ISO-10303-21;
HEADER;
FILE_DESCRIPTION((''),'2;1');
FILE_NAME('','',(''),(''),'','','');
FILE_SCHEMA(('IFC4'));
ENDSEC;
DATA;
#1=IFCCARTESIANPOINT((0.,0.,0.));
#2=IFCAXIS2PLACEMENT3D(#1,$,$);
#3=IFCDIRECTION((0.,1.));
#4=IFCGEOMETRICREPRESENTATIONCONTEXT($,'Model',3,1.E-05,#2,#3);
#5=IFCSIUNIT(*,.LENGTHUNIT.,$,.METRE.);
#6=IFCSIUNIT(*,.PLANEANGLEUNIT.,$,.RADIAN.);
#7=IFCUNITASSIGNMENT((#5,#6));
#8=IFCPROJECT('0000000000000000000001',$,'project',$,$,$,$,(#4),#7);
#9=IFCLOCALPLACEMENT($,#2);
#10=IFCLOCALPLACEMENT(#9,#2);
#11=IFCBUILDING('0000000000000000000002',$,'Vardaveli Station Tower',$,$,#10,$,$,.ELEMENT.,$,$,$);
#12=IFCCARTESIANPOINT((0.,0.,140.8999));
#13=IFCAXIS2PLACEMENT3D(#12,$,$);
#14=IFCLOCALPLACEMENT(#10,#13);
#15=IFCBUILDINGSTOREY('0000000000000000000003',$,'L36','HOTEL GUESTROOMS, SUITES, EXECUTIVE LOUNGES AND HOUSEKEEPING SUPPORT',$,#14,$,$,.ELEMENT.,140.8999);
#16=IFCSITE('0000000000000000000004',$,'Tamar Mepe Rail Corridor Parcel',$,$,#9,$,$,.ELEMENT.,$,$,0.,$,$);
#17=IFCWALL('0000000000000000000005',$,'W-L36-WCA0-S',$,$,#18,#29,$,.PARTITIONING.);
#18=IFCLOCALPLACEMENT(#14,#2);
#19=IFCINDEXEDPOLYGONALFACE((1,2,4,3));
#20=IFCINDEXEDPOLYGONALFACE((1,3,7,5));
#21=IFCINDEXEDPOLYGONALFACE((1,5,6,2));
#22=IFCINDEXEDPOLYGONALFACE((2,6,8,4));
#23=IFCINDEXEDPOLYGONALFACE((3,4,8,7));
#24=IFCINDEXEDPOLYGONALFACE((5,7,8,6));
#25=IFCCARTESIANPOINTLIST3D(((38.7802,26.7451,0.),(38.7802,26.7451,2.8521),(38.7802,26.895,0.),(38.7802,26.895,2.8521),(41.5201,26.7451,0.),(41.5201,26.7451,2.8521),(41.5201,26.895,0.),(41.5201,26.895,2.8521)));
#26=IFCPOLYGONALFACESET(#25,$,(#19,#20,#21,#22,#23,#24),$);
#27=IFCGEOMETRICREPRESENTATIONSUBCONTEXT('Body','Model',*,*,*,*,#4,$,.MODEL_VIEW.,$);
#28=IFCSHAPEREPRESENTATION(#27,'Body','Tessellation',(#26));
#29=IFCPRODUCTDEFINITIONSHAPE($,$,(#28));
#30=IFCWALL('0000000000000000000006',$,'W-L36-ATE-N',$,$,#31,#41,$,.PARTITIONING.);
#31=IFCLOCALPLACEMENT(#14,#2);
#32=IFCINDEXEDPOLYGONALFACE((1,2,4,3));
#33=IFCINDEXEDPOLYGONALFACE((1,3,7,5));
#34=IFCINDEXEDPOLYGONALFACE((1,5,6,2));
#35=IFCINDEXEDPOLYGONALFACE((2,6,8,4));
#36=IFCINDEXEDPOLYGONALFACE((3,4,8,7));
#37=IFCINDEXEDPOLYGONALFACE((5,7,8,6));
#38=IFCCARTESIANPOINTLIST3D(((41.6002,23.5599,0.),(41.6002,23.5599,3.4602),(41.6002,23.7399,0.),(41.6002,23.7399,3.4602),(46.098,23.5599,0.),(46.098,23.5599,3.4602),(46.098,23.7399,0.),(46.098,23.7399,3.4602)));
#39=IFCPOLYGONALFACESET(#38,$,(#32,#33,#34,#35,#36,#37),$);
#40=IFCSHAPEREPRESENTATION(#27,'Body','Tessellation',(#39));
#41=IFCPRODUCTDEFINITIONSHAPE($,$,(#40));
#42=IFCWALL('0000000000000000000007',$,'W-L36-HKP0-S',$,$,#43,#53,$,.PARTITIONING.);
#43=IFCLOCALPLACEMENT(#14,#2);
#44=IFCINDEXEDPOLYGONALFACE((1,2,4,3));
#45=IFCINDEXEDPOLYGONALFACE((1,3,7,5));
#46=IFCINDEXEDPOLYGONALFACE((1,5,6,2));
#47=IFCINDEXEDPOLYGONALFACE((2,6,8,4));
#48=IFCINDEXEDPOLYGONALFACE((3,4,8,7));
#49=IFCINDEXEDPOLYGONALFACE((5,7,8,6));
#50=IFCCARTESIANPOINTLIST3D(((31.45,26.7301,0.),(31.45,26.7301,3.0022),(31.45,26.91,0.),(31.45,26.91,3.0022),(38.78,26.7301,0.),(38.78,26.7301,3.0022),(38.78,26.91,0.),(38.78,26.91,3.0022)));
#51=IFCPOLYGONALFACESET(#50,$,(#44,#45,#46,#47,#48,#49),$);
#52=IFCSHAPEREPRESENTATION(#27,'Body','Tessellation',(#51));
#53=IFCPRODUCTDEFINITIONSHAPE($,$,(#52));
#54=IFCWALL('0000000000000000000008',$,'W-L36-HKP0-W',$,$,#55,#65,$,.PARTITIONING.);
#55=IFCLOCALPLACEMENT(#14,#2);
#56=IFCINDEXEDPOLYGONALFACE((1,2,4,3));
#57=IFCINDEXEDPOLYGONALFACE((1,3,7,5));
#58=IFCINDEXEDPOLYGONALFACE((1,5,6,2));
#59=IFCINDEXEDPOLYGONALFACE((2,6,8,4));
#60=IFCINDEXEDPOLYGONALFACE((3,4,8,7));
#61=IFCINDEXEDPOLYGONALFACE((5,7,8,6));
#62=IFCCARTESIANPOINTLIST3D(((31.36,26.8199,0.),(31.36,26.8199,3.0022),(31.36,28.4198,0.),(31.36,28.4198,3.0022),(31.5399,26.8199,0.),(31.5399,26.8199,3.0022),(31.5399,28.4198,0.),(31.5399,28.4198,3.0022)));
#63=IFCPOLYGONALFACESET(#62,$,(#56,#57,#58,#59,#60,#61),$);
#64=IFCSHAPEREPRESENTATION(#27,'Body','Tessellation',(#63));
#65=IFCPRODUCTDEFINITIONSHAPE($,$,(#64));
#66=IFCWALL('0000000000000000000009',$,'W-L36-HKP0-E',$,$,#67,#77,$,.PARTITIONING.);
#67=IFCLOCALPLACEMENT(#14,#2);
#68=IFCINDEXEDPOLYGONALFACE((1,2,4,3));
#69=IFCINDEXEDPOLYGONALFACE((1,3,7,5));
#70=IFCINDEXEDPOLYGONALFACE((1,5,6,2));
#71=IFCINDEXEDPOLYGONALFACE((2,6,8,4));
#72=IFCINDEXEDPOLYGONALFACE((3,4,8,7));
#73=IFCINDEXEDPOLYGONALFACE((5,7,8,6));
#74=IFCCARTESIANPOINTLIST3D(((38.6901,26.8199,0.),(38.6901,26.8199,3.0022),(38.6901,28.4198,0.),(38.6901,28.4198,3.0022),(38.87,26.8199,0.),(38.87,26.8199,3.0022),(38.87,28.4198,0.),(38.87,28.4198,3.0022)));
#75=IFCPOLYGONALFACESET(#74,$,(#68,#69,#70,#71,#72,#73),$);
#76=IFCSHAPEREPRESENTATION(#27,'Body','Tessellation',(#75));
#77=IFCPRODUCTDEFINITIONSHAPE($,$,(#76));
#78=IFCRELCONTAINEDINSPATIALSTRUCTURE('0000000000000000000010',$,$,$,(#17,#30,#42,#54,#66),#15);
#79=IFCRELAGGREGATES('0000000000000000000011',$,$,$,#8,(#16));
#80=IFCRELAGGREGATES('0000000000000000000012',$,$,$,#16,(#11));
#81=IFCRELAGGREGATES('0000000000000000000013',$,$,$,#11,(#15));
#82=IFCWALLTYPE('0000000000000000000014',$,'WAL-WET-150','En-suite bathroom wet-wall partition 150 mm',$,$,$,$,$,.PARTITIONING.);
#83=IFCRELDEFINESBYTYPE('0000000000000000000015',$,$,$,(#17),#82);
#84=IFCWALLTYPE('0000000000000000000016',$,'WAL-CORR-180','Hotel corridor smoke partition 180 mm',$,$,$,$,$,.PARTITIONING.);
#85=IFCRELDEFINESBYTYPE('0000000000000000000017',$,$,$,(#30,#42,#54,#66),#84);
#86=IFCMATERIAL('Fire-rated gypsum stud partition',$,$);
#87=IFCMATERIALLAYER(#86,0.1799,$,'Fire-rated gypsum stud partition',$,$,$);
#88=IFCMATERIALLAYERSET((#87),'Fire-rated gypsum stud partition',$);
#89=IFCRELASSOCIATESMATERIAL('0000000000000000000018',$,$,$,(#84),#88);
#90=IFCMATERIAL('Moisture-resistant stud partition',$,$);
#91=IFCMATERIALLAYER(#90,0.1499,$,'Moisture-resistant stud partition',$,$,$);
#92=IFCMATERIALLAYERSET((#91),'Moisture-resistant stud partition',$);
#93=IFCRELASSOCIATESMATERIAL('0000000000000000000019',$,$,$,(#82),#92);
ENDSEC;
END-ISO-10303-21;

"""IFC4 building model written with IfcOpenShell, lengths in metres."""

from ifc_helpers import new_model, si_unit, direction, frame, frame_2d, origin, place, context, subcontext, project, spatial, rectangle, extrude, source, transform, mapped, material, layer, layer_set, type_object, element, save


model = new_model("IFC4")

# Units and contexts
model_context = context("Model", 3, precision=1e-05, world=origin(), true_north=direction((0.0, 1.0)))
body_context = subcontext(model_context, "Body", "Model", "MODEL_VIEW")
ifc_project = project(units=[si_unit("LENGTHUNIT", "METRE"), si_unit("PLANEANGLEUNIT", "RADIAN")], contexts=[model_context])

# Site, building, storey
site_placement = place(None, origin())
site = spatial("IfcSite", under=ifc_project, at=site_placement, Name="Tamar Mepe Rail Corridor Parcel", CompositionType="ELEMENT", RefElevation=0.0)
building_placement = place(site_placement, origin())
building = spatial("IfcBuilding", under=site, at=building_placement, Name="Vardaveli Station Tower", CompositionType="ELEMENT")
storey_placement = place(building_placement, frame((0.0, 0.0, 140.8999)))
storey = spatial("IfcBuildingStorey", under=building, at=storey_placement, Name="L36", Description="HOTEL GUESTROOMS, SUITES, EXECUTIVE LOUNGES AND HOUSEKEEPING SUPPORT", CompositionType="ELEMENT", Elevation=140.8999)

# Walls
ifc_material_1 = material(Name="Fire-rated gypsum stud partition")
ifc_layer_1 = layer(ifc_material_1, 0.1799, Name="Fire-rated gypsum stud partition")
ifc_layer_set_1 = layer_set([ifc_layer_1], Name="Fire-rated gypsum stud partition")
wall_type_1 = type_object("IfcWallType", Name="WAL-CORR-180", Description="Hotel corridor smoke partition 180 mm", PredefinedType="PARTITIONING", material=ifc_layer_set_1)
ifc_material_2 = material(Name="Moisture-resistant stud partition")
ifc_layer_2 = layer(ifc_material_2, 0.1499, Name="Moisture-resistant stud partition")
ifc_layer_set_2 = layer_set([ifc_layer_2], Name="Moisture-resistant stud partition")
wall_type_2 = type_object("IfcWallType", Name="WAL-WET-150", Description="En-suite bathroom wet-wall partition 150 mm", PredefinedType="PARTITIONING", material=ifc_layer_set_2)
shared_shape_1 = source(origin(), body_context, "Body", "SweptSolid", [
    extrude(rectangle(XDim=2.74, YDim=0.1499, at=frame_2d((1.3701, 0.0))), origin(), (0.0, 0.0, 1.0), 2.8521),
])
wall_1_placement = place(storey_placement, frame((38.78, 26.8201, 0.0), z_axis=(0.0, 0.0, 1.0), x_axis=(1.0, 0.0, 0.0)))
element("IfcWall", 1, at=wall_1_placement, inside=storey, type_object=wall_type_2, Name="W-L36-WCA0-S", PredefinedType="PARTITIONING", context=body_context, shape_type="MappedRepresentation", body=[
    mapped(shared_shape_1, transform((0.0, 0.0, 0.0), scale=1.0)),
])
shared_shape_2 = source(origin(), body_context, "Body", "SweptSolid", [
    extrude(rectangle(XDim=4.4978, YDim=0.1799, at=frame_2d((2.249, 0.0))), origin(), (0.0, 0.0, 1.0), 3.4602),
])
wall_2_placement = place(storey_placement, frame((41.6001, 23.6499, 0.0), z_axis=(0.0, 0.0, 1.0), x_axis=(1.0, 0.0, 0.0)))
element("IfcWall", 2, at=wall_2_placement, inside=storey, type_object=wall_type_1, Name="W-L36-ATE-N", PredefinedType="PARTITIONING", context=body_context, shape_type="MappedRepresentation", body=[
    mapped(shared_shape_2, transform((0.0, 0.0, 0.0), scale=1.0)),
])
shared_shape_3 = source(origin(), body_context, "Body", "SweptSolid", [
    extrude(rectangle(XDim=7.3301, YDim=0.1799, at=frame_2d((3.665, 0.0))), origin(), (0.0, 0.0, 1.0), 3.0022),
])
wall_3_placement = place(storey_placement, frame((31.45, 26.8201, 0.0), z_axis=(0.0, 0.0, 1.0), x_axis=(1.0, 0.0, 0.0)))
element("IfcWall", 3, at=wall_3_placement, inside=storey, type_object=wall_type_1, Name="W-L36-HKP0-S", PredefinedType="PARTITIONING", context=body_context, shape_type="MappedRepresentation", body=[
    mapped(shared_shape_3, transform((0.0, 0.0, 0.0), scale=1.0)),
])
shared_shape_4 = source(origin(), body_context, "Body", "SweptSolid", [
    extrude(rectangle(XDim=1.5999, YDim=0.1799, at=frame_2d((0.7998, 0.0))), origin(), (0.0, 0.0, 1.0), 3.0022),
])
for number, where, z_axis, x_axis, name in (
    (4, (31.45, 26.8201, 0.0), (0.0, 0.0, 1.0), (0.0, 1.0, 0.0), "W-L36-HKP0-W"),
    (5, (38.78, 26.8201, 0.0), (0.0, 0.0, 1.0), (0.0, 1.0, 0.0), "W-L36-HKP0-E"),
):
    element("IfcWall", number, at=place(storey_placement, frame(where, z_axis=z_axis, x_axis=x_axis)), inside=storey, type_object=wall_type_1, Name=name, PredefinedType="PARTITIONING", context=body_context, shape_type="MappedRepresentation", body=[
        mapped(shared_shape_4, transform((0.0, 0.0, 0.0), scale=1.0)),
    ])

save(model, "model.ifc")
